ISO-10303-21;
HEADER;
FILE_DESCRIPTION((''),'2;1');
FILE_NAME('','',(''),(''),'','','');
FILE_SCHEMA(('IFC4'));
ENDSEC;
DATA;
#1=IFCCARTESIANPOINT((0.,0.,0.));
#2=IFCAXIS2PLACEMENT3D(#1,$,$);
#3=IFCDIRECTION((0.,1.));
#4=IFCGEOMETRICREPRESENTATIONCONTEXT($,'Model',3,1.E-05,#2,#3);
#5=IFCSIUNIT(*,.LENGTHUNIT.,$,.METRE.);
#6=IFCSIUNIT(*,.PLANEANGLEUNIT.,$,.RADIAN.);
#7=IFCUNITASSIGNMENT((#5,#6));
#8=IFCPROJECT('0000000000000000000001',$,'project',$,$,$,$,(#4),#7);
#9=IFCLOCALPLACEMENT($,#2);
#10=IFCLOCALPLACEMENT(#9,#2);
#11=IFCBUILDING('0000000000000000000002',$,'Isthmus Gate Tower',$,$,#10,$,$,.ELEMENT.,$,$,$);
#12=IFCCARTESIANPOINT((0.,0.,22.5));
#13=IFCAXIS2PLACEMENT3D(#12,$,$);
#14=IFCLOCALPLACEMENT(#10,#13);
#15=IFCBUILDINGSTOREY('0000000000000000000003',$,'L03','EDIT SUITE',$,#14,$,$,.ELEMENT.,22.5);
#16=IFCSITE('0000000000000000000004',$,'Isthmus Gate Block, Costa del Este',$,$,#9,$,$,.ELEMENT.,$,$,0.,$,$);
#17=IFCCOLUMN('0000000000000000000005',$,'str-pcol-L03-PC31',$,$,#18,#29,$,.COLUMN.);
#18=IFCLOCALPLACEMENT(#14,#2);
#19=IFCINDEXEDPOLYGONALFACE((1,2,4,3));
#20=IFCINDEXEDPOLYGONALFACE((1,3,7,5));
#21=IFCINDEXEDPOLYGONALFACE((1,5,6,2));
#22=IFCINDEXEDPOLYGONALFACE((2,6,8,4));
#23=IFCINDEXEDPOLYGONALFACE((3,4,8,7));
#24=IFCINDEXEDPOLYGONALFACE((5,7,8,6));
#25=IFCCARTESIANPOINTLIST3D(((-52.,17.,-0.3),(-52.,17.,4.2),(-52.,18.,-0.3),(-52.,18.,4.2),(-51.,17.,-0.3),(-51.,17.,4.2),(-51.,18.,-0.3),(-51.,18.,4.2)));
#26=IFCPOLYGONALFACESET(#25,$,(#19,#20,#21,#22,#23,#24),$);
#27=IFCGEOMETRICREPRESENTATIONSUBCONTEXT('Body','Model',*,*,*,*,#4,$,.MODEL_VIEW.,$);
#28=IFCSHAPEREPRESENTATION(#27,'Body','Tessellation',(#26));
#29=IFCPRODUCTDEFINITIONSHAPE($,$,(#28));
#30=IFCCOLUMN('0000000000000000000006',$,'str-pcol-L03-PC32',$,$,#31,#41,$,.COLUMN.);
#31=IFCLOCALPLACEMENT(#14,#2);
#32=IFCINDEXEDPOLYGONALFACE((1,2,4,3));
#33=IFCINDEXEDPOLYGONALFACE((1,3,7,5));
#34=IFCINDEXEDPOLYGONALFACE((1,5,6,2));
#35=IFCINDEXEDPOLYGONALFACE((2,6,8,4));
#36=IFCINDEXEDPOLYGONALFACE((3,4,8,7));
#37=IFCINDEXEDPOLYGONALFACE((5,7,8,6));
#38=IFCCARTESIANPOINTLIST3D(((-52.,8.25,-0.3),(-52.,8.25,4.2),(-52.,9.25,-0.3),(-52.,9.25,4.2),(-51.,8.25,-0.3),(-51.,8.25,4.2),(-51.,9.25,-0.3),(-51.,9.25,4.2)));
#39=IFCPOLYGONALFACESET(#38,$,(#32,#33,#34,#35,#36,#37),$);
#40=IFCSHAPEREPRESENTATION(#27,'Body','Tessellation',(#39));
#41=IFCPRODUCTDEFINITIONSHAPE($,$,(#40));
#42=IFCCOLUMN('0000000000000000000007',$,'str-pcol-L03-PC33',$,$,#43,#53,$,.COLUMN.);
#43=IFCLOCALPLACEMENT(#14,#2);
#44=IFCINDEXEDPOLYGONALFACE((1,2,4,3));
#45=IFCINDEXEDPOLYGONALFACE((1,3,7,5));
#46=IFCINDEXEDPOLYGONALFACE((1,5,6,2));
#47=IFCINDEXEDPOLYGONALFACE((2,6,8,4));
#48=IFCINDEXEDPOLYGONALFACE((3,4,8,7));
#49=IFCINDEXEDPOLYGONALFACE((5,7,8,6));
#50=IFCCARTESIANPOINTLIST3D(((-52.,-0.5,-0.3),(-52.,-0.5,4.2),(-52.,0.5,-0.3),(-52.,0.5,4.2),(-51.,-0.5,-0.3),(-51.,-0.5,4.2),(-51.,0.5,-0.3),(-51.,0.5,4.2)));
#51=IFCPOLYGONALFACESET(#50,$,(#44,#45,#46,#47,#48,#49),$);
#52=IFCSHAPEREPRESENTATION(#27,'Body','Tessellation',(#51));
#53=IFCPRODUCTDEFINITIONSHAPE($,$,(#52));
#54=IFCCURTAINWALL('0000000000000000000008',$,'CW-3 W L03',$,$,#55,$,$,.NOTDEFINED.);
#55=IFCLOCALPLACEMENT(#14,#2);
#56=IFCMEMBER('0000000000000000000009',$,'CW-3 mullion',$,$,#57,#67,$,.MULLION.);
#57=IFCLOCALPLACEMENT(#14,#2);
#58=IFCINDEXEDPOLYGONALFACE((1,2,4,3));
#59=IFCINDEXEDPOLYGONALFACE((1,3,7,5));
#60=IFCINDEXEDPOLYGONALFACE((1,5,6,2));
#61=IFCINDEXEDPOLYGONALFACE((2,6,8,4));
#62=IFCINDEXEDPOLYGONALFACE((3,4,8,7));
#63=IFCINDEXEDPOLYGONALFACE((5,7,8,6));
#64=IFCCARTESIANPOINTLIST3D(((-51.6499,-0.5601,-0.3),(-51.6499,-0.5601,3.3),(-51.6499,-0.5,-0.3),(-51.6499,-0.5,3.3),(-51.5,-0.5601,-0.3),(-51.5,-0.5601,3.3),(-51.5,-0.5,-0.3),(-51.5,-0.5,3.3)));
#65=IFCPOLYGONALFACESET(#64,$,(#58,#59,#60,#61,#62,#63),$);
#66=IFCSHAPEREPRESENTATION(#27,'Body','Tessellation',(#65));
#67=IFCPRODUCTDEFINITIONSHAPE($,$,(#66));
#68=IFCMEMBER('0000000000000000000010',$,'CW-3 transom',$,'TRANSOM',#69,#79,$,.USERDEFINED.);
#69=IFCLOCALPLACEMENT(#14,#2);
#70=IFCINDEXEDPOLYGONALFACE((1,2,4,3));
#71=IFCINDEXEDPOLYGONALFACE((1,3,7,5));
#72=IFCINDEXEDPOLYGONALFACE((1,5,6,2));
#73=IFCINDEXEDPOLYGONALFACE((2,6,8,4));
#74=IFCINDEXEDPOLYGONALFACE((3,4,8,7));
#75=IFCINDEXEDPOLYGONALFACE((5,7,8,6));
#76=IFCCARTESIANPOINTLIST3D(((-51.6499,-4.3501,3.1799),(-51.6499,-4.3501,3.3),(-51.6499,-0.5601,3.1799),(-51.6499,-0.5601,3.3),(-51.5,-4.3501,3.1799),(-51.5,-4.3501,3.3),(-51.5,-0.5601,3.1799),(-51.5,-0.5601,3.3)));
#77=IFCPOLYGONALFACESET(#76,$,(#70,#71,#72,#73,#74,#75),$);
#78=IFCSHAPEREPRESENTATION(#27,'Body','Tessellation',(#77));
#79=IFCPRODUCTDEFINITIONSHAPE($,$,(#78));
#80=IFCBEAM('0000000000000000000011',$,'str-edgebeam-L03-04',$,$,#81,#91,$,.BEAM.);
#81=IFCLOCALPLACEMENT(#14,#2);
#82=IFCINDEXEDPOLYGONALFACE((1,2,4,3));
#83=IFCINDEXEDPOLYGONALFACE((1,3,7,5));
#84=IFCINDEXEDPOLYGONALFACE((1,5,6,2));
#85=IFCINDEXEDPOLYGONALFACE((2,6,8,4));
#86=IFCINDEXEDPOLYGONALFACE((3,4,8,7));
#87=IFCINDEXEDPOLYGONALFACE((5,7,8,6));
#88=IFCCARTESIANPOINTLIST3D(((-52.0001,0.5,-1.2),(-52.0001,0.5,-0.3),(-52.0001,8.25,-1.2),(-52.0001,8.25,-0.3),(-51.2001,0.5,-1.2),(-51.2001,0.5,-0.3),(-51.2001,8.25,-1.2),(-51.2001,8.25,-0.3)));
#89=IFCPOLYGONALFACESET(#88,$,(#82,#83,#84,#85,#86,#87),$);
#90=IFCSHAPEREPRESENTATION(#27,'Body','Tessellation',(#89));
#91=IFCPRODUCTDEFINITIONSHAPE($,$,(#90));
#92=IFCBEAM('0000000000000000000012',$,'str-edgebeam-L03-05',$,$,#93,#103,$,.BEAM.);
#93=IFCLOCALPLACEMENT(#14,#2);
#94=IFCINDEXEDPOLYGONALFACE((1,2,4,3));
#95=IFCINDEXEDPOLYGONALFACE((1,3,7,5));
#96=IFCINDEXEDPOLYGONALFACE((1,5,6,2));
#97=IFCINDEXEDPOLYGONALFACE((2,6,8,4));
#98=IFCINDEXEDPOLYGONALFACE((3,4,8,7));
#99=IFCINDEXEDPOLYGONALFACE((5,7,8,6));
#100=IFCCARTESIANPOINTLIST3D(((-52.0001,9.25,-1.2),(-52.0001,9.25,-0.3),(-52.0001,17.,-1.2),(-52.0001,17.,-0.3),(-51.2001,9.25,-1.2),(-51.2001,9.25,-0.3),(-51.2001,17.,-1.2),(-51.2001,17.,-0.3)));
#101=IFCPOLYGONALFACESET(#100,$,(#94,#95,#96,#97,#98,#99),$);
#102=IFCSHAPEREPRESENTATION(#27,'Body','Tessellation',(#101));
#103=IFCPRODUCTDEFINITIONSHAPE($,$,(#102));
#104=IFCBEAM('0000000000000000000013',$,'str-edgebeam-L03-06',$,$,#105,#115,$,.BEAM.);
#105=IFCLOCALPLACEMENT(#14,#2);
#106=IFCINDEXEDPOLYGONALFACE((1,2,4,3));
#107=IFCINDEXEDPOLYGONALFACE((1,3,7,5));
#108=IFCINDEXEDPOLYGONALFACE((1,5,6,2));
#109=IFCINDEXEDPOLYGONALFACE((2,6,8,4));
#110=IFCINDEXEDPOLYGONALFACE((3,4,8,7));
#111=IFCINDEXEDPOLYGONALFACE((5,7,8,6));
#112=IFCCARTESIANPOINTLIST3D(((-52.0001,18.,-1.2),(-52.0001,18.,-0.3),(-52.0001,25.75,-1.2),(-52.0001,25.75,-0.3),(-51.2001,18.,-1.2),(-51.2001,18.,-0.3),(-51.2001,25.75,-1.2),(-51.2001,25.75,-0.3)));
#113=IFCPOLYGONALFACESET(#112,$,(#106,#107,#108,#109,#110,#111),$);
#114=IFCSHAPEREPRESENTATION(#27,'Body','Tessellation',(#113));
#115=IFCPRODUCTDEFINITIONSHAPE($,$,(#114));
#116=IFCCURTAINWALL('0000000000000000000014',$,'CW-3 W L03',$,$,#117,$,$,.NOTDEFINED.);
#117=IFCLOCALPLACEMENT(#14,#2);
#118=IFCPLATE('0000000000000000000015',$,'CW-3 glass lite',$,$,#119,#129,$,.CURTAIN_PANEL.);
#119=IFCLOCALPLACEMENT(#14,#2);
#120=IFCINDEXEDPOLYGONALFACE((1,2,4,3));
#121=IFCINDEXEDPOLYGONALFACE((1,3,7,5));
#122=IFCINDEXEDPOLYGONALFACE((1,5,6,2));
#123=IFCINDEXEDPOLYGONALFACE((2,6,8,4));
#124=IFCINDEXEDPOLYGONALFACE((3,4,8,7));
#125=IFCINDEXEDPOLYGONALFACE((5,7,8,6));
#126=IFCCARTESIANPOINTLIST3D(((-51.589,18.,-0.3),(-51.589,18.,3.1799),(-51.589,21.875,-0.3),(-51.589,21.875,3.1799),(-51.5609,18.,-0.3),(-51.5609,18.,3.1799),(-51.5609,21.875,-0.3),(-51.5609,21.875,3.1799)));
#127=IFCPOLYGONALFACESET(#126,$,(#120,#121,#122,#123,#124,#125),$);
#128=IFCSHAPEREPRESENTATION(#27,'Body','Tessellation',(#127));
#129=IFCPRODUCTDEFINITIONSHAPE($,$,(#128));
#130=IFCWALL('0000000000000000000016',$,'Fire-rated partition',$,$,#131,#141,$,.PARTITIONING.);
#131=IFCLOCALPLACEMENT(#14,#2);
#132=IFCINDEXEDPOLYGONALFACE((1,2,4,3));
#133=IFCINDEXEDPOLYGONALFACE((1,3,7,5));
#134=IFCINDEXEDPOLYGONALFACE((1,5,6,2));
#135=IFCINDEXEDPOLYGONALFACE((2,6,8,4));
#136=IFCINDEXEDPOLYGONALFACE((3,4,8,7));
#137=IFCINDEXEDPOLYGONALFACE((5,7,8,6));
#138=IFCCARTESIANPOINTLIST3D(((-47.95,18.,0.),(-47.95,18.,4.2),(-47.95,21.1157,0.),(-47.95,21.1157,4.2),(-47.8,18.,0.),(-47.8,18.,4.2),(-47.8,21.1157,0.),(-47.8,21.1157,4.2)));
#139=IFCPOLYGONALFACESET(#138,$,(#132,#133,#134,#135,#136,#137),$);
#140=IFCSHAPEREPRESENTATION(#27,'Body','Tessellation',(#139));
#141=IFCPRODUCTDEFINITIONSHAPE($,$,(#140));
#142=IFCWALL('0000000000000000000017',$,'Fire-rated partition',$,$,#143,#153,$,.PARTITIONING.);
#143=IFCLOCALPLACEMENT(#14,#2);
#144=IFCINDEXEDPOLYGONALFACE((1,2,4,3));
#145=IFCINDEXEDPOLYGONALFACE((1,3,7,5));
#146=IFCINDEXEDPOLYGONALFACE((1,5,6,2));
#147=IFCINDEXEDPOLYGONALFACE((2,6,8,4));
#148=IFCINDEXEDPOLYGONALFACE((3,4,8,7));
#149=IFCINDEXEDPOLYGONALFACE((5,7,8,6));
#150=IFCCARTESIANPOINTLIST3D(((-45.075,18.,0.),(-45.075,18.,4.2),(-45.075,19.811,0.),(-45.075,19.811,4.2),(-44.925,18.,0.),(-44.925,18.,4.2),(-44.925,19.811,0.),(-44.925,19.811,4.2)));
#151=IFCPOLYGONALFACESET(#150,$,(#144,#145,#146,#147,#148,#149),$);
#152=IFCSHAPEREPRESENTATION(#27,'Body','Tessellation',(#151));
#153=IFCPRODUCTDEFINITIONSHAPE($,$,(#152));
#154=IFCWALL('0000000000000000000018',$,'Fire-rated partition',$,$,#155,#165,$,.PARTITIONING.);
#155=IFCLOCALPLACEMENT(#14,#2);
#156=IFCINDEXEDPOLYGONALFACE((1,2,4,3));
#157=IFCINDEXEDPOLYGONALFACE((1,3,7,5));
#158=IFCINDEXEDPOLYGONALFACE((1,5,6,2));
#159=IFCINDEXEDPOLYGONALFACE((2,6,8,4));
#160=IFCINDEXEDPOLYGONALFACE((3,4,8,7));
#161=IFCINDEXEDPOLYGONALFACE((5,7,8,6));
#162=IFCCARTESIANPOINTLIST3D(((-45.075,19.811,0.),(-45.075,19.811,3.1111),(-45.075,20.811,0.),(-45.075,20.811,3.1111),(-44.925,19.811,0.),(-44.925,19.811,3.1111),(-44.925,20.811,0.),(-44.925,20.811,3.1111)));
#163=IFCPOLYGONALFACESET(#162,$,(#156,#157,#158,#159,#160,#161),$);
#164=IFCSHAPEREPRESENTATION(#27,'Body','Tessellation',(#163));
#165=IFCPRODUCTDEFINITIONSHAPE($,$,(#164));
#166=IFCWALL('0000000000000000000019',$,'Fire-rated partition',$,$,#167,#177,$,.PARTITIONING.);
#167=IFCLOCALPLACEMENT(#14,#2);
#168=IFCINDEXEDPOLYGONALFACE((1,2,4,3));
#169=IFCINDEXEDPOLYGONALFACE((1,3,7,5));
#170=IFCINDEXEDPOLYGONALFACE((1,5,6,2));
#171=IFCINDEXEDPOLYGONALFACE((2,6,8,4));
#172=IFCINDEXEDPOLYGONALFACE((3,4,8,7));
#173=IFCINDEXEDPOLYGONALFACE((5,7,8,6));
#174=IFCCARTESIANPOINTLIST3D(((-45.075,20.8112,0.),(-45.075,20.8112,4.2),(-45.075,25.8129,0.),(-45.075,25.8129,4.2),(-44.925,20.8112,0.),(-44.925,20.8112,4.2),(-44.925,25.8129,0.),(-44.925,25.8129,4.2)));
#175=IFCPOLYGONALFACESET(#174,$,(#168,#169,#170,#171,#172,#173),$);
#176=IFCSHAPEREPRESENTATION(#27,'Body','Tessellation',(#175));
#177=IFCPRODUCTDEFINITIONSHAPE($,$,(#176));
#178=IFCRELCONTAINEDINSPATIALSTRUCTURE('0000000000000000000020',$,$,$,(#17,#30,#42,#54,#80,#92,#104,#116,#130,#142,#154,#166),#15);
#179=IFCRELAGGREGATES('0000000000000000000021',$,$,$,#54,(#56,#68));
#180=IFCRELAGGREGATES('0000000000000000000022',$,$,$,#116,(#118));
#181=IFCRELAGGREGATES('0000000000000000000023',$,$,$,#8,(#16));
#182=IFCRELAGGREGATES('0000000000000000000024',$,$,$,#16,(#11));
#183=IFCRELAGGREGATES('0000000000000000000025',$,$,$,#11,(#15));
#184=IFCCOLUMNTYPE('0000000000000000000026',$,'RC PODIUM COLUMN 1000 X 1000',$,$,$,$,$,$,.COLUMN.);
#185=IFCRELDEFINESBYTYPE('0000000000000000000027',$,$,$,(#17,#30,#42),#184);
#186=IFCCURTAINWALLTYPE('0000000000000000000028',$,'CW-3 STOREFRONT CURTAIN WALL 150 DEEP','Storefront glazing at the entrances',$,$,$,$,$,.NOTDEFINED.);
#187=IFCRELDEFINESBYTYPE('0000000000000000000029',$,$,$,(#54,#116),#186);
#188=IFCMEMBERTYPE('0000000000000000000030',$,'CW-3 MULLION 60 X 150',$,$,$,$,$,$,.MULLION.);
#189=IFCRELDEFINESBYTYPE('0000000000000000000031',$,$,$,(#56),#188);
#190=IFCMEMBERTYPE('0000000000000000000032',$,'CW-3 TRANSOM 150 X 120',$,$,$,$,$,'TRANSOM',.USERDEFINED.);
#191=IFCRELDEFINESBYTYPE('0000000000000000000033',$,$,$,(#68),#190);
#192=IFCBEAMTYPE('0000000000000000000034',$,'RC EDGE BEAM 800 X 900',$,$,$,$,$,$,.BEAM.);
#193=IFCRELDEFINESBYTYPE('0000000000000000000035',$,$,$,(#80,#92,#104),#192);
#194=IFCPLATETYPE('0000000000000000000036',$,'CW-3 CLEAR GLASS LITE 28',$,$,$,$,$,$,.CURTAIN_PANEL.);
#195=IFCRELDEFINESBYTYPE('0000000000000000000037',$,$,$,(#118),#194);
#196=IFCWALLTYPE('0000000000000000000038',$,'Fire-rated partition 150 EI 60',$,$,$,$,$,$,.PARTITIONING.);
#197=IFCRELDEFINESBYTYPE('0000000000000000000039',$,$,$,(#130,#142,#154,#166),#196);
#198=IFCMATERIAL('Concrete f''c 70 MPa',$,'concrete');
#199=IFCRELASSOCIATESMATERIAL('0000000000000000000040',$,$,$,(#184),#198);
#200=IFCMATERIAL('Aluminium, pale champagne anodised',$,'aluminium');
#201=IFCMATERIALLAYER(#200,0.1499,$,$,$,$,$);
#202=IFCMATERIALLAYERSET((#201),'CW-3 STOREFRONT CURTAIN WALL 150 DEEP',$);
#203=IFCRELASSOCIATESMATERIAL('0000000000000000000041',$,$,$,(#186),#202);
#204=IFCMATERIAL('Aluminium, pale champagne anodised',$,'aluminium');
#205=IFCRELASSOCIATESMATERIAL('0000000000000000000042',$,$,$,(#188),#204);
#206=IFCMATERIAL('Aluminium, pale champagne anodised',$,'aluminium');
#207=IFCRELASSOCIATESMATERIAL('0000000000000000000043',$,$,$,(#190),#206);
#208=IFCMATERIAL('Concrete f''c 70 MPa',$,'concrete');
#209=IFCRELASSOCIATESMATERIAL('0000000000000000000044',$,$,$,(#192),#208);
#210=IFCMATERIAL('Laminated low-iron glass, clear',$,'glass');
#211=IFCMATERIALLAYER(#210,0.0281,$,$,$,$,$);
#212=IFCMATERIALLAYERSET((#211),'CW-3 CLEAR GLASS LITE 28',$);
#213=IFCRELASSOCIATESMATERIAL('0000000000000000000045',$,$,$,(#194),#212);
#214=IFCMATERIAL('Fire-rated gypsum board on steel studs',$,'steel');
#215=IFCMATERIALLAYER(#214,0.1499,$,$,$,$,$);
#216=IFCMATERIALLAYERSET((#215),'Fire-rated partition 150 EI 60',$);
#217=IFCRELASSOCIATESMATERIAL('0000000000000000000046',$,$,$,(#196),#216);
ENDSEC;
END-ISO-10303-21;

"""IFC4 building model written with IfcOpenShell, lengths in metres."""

from ifc_helpers import new_model, si_unit, direction, frame, frame_2d, origin, origin_2d, place, context, subcontext, project, spatial, rectangle, extrude, material, layer, layer_set, material_profile, profile_set, type_object, element, aggregate, save


model = new_model("IFC4")

# Units and contexts
model_context = context("Model", 3, precision=1e-05, world=origin(), true_north=direction((0.0, 1.0)))
body_context = subcontext(model_context, "Body", "Model", "MODEL_VIEW")
ifc_project = project(units=[si_unit("LENGTHUNIT", "METRE"), si_unit("PLANEANGLEUNIT", "RADIAN")], contexts=[model_context])

# Site, building, storey
site_placement = place(None, origin())
site = spatial("IfcSite", under=ifc_project, at=site_placement, Name="Isthmus Gate Block, Costa del Este", CompositionType="ELEMENT", RefElevation=0.0)
building_placement = place(site_placement, origin())
building = spatial("IfcBuilding", under=site, at=building_placement, Name="Isthmus Gate Tower", CompositionType="ELEMENT")
storey_placement = place(building_placement, frame((0.0, 0.0, 22.5)))
storey = spatial("IfcBuildingStorey", under=building, at=storey_placement, Name="L03", Description="EDIT SUITE", CompositionType="ELEMENT", Elevation=22.5)

# Columns
ifc_material_1 = material(Name="Concrete f'c 70 MPa", Category="concrete")
ifc_material_profile_1 = material_profile(ifc_material_1, rectangle(XDim=1.0, YDim=1.0, at=origin_2d()), Name="RC 1000X1000")
ifc_profile_set_1 = profile_set([ifc_material_profile_1], Name="Concrete f'c 70 MPa")
column_type = type_object("IfcColumnType", Name="RC PODIUM COLUMN 1000 X 1000", PredefinedType="COLUMN", material=ifc_profile_set_1)
for number, where, z_axis, x_axis, name in (
    (1, (-51.5, 17.5, -0.3), (0.0, 0.0, 1.0), (0.0, -1.0, 0.0), "str-pcol-L03-PC31"),
    (2, (-51.5, 8.75, -0.3), (0.0, 0.0, 1.0), (0.0, -1.0, 0.0), "str-pcol-L03-PC32"),
    (3, (-51.5, 0.0, -0.3), (0.0, 0.0, 1.0), (0.0, -1.0, 0.0), "str-pcol-L03-PC33"),
):
    element("IfcColumn", number, at=place(storey_placement, frame(where, z_axis=z_axis, x_axis=x_axis)), inside=storey, type_object=column_type, Name=name, PredefinedType="COLUMN", context=body_context, shape_type="SweptSolid", body=[
        extrude(rectangle(XDim=1.0, YDim=1.0, at=origin_2d()), origin(), (0.0, 0.0, 1.0), 4.5),
    ])

# Curtain wall, members
ifc_material_2 = material(Name="Aluminium, pale champagne anodised", Category="aluminium")
ifc_layer_1 = layer(ifc_material_2, 0.1499)
ifc_layer_set_1 = layer_set([ifc_layer_1], Name="CW-3 STOREFRONT CURTAIN WALL 150 DEEP")
curtain_wall_type = type_object("IfcCurtainWallType", Name="CW-3 STOREFRONT CURTAIN WALL 150 DEEP", Description="Storefront glazing at the entrances", PredefinedType="NOTDEFINED", material=ifc_layer_set_1)
curtain_wall_1_placement = place(storey_placement, origin())
curtain_wall_1 = element("IfcCurtainWall", 4, at=curtain_wall_1_placement, inside=storey, type_object=curtain_wall_type, Name="CW-3 W L03", PredefinedType="NOTDEFINED")
ifc_material_3 = material(Name="Aluminium, pale champagne anodised", Category="aluminium")
ifc_material_profile_2 = material_profile(ifc_material_3, rectangle(XDim=0.0601, YDim=0.1499, at=origin_2d()), Name="60x150")
ifc_profile_set_2 = profile_set([ifc_material_profile_2], Name="Aluminium, pale champagne anodised")
member_type_1 = type_object("IfcMemberType", Name="CW-3 MULLION 60 X 150", PredefinedType="MULLION", material=ifc_profile_set_2)
member_1_placement = place(storey_placement, frame((-51.575, -0.53, -0.3), z_axis=(0.0, 0.0, 1.0), x_axis=(0.0, -1.0, 0.0)))
member_1 = element("IfcMember", 5, at=member_1_placement, type_object=member_type_1, Name="CW-3 mullion", PredefinedType="MULLION", context=body_context, shape_type="SweptSolid", body=[
    extrude(rectangle(XDim=0.0601, YDim=0.1499, at=origin_2d()), origin(), (0.0, 0.0, 1.0), 3.6001),
])
ifc_material_4 = material(Name="Aluminium, pale champagne anodised", Category="aluminium")
ifc_material_profile_3 = material_profile(ifc_material_4, rectangle(XDim=0.1499, YDim=0.1201, at=origin_2d()), Name="150x120")
ifc_profile_set_3 = profile_set([ifc_material_profile_3], Name="Aluminium, pale champagne anodised")
member_type_2 = type_object("IfcMemberType", Name="CW-3 TRANSOM 150 X 120", ElementType="TRANSOM", PredefinedType="USERDEFINED", material=ifc_profile_set_3)
member_2_placement = place(storey_placement, frame((-51.575, -0.5601, 3.24), z_axis=(0.0, -1.0, 0.0), x_axis=(1.0, 0.0, 0.0)))
member_2 = element("IfcMember", 6, at=member_2_placement, type_object=member_type_2, Name="CW-3 transom", ObjectType="TRANSOM", PredefinedType="USERDEFINED", context=body_context, shape_type="SweptSolid", body=[
    extrude(rectangle(XDim=0.1499, YDim=0.1201, at=origin_2d()), origin(), (0.0, 0.0, 1.0), 3.79),
])
aggregate(curtain_wall_1, [member_1, member_2])

# Beams
ifc_material_5 = material(Name="Concrete f'c 70 MPa", Category="concrete")
ifc_material_profile_4 = material_profile(ifc_material_5, rectangle(XDim=0.8, YDim=0.8999, at=origin_2d()), Name="RC 800X900")
ifc_profile_set_4 = profile_set([ifc_material_profile_4], Name="Concrete f'c 70 MPa")
beam_type = type_object("IfcBeamType", Name="RC EDGE BEAM 800 X 900", PredefinedType="BEAM", material=ifc_profile_set_4)
for number, where, z_axis, x_axis, name in (
    (7, (-51.6001, 0.5, -0.75), (0.0, 1.0, 0.0), (-1.0, 0.0, 0.0), "str-edgebeam-L03-04"),
    (8, (-51.6001, 9.25, -0.75), (0.0, 1.0, 0.0), (-1.0, 0.0, 0.0), "str-edgebeam-L03-05"),
    (9, (-51.6001, 18.0, -0.75), (0.0, 1.0, 0.0), (-1.0, 0.0, 0.0), "str-edgebeam-L03-06"),
):
    element("IfcBeam", number, at=place(storey_placement, frame(where, z_axis=z_axis, x_axis=x_axis)), inside=storey, type_object=beam_type, Name=name, PredefinedType="BEAM", context=body_context, shape_type="SweptSolid", body=[
        extrude(rectangle(XDim=0.8, YDim=0.8999, at=origin_2d()), origin(), (0.0, 0.0, 1.0), 7.75),
    ])

# Curtain wall, plate
curtain_wall_2_placement = place(storey_placement, origin())
curtain_wall_2 = element("IfcCurtainWall", 10, at=curtain_wall_2_placement, inside=storey, type_object=curtain_wall_type, Name="CW-3 W L03", PredefinedType="NOTDEFINED")
ifc_material_6 = material(Name="Laminated low-iron glass, clear", Category="glass")
ifc_layer_2 = layer(ifc_material_6, 0.0281)
ifc_layer_set_2 = layer_set([ifc_layer_2], Name="CW-3 CLEAR GLASS LITE 28")
plate_type = type_object("IfcPlateType", Name="CW-3 CLEAR GLASS LITE 28", PredefinedType="CURTAIN_PANEL", material=ifc_layer_set_2)
plate_placement = place(storey_placement, frame((-51.575, 19.9375, -0.3), z_axis=(0.0, 0.0, 1.0), x_axis=(0.0, -1.0, 0.0)))
plate = element("IfcPlate", 11, at=plate_placement, type_object=plate_type, Name="CW-3 glass lite", PredefinedType="CURTAIN_PANEL", context=body_context, shape_type="SweptSolid", body=[
    extrude(rectangle(XDim=3.875, YDim=0.0281, at=origin_2d()), origin(), (0.0, 0.0, 1.0), 3.48),
])
aggregate(curtain_wall_2, [plate])

# Walls
ifc_material_7 = material(Name="Fire-rated gypsum board on steel studs", Category="steel")
ifc_layer_3 = layer(ifc_material_7, 0.1499)
ifc_layer_set_3 = layer_set([ifc_layer_3], Name="Fire-rated partition 150 EI 60")
wall_type_1 = type_object("IfcWallType", Name="Fire-rated partition 150 EI 60", PredefinedType="PARTITIONING", material=ifc_layer_set_3)
wall_1_placement = place(storey_placement, frame((-47.875, 18.0, 0.0), z_axis=(0.0, 0.0, 1.0), x_axis=(0.0, 1.0, 0.0)))
element("IfcWall", 12, at=wall_1_placement, inside=storey, type_object=wall_type_1, Name="Fire-rated partition", PredefinedType="PARTITIONING", context=body_context, shape_type="SweptSolid", body=[
    extrude(rectangle(XDim=3.1157, YDim=0.1499, at=frame_2d((1.5579, 0.0))), origin(), (0.0, 0.0, 1.0), 4.2),
])
wall_2_placement = place(storey_placement, frame((-45.0, 18.0, 0.0), z_axis=(0.0, 0.0, 1.0), x_axis=(0.0, 1.0, 0.0)))
element("IfcWall", 13, at=wall_2_placement, inside=storey, type_object=wall_type_1, Name="Fire-rated partition", PredefinedType="PARTITIONING", context=body_context, shape_type="SweptSolid", body=[
    extrude(rectangle(XDim=1.811, YDim=0.1499, at=frame_2d((0.9055, 0.0))), origin(), (0.0, 0.0, 1.0), 4.2),
])
wall_3_placement = place(storey_placement, frame((-45.0, 19.811, 0.0), z_axis=(0.0, 0.0, 1.0), x_axis=(0.0, 1.0, 0.0)))
element("IfcWall", 14, at=wall_3_placement, inside=storey, type_object=wall_type_1, Name="Fire-rated partition", PredefinedType="PARTITIONING", context=body_context, shape_type="SweptSolid", body=[
    extrude(rectangle(XDim=1.0, YDim=0.1499, at=frame_2d((0.5, 0.0))), origin(), (0.0, 0.0, 1.0), 3.1111),
])
wall_4_placement = place(storey_placement, frame((-45.0, 20.811, 0.0), z_axis=(0.0, 0.0, 1.0), x_axis=(0.0, 1.0, 0.0)))
element("IfcWall", 15, at=wall_4_placement, inside=storey, type_object=wall_type_1, Name="Fire-rated partition", PredefinedType="PARTITIONING", context=body_context, shape_type="SweptSolid", body=[
    extrude(rectangle(XDim=5.0017, YDim=0.1499, at=frame_2d((2.501, 0.0))), origin(), (0.0, 0.0, 1.0), 4.2),
])

save(model, "model.ifc")
